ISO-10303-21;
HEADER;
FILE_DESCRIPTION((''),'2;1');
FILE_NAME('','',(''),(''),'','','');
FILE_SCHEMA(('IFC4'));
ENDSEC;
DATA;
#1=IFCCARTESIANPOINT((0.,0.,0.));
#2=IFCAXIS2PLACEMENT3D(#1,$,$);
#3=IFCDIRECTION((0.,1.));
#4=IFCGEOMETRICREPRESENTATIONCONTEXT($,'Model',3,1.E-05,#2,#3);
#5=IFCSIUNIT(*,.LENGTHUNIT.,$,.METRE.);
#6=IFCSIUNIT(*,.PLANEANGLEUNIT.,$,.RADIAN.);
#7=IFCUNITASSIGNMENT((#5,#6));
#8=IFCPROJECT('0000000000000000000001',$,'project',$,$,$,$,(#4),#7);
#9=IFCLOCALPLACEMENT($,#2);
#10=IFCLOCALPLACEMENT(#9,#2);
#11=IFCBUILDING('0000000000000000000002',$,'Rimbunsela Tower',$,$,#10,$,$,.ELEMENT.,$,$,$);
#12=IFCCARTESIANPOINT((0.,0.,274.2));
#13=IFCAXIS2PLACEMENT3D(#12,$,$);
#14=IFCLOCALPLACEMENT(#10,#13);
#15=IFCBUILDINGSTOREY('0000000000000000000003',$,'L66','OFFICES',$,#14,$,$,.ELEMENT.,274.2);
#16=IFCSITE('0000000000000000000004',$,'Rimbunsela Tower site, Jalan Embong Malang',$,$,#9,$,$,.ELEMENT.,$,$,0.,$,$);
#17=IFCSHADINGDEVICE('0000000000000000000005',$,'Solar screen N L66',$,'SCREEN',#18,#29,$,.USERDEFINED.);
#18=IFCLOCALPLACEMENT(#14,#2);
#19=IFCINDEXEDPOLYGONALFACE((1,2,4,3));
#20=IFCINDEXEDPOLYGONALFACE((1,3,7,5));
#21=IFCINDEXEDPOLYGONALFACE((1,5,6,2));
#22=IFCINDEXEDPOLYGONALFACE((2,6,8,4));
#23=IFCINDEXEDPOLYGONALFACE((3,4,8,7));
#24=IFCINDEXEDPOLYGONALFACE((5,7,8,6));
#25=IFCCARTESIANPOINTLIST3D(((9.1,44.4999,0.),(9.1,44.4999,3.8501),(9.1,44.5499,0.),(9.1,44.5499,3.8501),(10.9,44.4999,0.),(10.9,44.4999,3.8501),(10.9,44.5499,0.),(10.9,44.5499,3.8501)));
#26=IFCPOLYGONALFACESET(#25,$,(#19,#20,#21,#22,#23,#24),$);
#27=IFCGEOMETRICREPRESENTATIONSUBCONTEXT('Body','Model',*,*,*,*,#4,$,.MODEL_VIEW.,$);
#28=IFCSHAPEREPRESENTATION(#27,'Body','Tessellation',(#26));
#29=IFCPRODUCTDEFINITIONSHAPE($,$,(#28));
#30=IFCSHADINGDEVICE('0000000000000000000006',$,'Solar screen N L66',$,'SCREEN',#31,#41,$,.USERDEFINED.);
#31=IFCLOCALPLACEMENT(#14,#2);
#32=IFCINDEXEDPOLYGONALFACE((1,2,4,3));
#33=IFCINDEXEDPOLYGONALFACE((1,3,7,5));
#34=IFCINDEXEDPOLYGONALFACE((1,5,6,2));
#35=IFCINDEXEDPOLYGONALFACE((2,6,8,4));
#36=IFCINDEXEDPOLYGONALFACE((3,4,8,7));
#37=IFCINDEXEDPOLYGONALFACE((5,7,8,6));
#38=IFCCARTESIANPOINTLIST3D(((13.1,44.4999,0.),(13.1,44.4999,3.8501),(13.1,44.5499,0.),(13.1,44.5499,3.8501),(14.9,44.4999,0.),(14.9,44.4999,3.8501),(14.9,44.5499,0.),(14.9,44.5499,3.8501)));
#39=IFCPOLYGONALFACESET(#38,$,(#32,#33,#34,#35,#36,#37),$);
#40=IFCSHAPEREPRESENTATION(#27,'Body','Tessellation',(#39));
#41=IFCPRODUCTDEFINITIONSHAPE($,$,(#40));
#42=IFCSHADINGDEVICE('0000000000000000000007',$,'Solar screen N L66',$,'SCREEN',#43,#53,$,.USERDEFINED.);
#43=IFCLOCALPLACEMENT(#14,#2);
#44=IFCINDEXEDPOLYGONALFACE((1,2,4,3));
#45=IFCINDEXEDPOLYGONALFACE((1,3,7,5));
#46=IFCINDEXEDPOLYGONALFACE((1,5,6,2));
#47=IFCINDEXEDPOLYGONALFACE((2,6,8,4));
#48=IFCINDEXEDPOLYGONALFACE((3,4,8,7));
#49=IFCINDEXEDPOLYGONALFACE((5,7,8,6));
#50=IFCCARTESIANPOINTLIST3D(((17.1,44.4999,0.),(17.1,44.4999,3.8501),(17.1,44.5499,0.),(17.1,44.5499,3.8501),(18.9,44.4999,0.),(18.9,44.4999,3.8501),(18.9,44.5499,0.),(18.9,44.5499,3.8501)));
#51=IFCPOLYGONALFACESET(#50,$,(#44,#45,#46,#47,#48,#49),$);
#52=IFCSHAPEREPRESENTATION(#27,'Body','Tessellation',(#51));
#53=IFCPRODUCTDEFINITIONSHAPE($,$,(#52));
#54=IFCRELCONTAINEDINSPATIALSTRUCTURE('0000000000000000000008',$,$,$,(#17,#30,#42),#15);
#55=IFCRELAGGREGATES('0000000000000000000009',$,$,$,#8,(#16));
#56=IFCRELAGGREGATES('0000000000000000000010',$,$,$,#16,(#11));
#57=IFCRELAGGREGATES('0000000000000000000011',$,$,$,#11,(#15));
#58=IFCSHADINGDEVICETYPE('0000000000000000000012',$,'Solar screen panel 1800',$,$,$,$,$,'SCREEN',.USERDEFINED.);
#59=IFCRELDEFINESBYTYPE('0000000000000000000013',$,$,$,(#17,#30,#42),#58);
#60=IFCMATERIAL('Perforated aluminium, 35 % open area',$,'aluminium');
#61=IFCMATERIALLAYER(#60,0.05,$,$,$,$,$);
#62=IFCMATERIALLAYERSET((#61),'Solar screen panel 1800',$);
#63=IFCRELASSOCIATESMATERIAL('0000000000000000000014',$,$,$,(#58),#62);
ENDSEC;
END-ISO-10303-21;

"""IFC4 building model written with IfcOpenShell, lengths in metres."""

from ifc_helpers import new_model, si_unit, direction, frame, origin, origin_2d, place, context, subcontext, project, spatial, rectangle, extrude, material, layer, layer_set, type_object, element, save


model = new_model("IFC4")

# Units and contexts
model_context = context("Model", 3, precision=1e-05, world=origin(), true_north=direction((0.0, 1.0)))
body_context = subcontext(model_context, "Body", "Model", "MODEL_VIEW")
ifc_project = project(units=[si_unit("LENGTHUNIT", "METRE"), si_unit("PLANEANGLEUNIT", "RADIAN")], contexts=[model_context])

# Site, building, storey
site_placement = place(None, origin())
site = spatial("IfcSite", under=ifc_project, at=site_placement, Name="Rimbunsela Tower site, Jalan Embong Malang", CompositionType="ELEMENT", RefElevation=0.0)
building_placement = place(site_placement, origin())
building = spatial("IfcBuilding", under=site, at=building_placement, Name="Rimbunsela Tower", CompositionType="ELEMENT")
storey_placement = place(building_placement, frame((0.0, 0.0, 274.2)))
storey = spatial("IfcBuildingStorey", under=building, at=storey_placement, Name="L66", Description="OFFICES", CompositionType="ELEMENT", Elevation=274.2)

# Shading devices
ifc_material_1 = material(Name="Perforated aluminium, 35 % open area", Category="aluminium")
ifc_layer_1 = layer(ifc_material_1, 0.05)
ifc_layer_set_1 = layer_set([ifc_layer_1], Name="Solar screen panel 1800")
shading_device_type = type_object("IfcShadingDeviceType", Name="Solar screen panel 1800", ElementType="SCREEN", PredefinedType="USERDEFINED", material=ifc_layer_set_1)
for number, where, z_axis, x_axis, name in (
    (1, (10.0, 44.5249, 0.0), (0.0, 0.0, 1.0), (1.0, 0.0, 0.0), "Solar screen N L66"),
    (2, (14.0, 44.5249, 0.0), (0.0, 0.0, 1.0), (1.0, 0.0, 0.0), "Solar screen N L66"),
    (3, (18.0, 44.5249, 0.0), (0.0, 0.0, 1.0), (1.0, 0.0, 0.0), "Solar screen N L66"),
):
    element("IfcShadingDevice", number, at=place(storey_placement, frame(where, z_axis=z_axis, x_axis=x_axis)), inside=storey, type_object=shading_device_type, Name=name, ObjectType="SCREEN", PredefinedType="USERDEFINED", context=body_context, shape_type="SweptSolid", body=[
        extrude(rectangle(XDim=1.8, YDim=0.05, at=origin_2d()), origin(), (0.0, 0.0, 1.0), 3.8501),
    ])

save(model, "model.ifc")
